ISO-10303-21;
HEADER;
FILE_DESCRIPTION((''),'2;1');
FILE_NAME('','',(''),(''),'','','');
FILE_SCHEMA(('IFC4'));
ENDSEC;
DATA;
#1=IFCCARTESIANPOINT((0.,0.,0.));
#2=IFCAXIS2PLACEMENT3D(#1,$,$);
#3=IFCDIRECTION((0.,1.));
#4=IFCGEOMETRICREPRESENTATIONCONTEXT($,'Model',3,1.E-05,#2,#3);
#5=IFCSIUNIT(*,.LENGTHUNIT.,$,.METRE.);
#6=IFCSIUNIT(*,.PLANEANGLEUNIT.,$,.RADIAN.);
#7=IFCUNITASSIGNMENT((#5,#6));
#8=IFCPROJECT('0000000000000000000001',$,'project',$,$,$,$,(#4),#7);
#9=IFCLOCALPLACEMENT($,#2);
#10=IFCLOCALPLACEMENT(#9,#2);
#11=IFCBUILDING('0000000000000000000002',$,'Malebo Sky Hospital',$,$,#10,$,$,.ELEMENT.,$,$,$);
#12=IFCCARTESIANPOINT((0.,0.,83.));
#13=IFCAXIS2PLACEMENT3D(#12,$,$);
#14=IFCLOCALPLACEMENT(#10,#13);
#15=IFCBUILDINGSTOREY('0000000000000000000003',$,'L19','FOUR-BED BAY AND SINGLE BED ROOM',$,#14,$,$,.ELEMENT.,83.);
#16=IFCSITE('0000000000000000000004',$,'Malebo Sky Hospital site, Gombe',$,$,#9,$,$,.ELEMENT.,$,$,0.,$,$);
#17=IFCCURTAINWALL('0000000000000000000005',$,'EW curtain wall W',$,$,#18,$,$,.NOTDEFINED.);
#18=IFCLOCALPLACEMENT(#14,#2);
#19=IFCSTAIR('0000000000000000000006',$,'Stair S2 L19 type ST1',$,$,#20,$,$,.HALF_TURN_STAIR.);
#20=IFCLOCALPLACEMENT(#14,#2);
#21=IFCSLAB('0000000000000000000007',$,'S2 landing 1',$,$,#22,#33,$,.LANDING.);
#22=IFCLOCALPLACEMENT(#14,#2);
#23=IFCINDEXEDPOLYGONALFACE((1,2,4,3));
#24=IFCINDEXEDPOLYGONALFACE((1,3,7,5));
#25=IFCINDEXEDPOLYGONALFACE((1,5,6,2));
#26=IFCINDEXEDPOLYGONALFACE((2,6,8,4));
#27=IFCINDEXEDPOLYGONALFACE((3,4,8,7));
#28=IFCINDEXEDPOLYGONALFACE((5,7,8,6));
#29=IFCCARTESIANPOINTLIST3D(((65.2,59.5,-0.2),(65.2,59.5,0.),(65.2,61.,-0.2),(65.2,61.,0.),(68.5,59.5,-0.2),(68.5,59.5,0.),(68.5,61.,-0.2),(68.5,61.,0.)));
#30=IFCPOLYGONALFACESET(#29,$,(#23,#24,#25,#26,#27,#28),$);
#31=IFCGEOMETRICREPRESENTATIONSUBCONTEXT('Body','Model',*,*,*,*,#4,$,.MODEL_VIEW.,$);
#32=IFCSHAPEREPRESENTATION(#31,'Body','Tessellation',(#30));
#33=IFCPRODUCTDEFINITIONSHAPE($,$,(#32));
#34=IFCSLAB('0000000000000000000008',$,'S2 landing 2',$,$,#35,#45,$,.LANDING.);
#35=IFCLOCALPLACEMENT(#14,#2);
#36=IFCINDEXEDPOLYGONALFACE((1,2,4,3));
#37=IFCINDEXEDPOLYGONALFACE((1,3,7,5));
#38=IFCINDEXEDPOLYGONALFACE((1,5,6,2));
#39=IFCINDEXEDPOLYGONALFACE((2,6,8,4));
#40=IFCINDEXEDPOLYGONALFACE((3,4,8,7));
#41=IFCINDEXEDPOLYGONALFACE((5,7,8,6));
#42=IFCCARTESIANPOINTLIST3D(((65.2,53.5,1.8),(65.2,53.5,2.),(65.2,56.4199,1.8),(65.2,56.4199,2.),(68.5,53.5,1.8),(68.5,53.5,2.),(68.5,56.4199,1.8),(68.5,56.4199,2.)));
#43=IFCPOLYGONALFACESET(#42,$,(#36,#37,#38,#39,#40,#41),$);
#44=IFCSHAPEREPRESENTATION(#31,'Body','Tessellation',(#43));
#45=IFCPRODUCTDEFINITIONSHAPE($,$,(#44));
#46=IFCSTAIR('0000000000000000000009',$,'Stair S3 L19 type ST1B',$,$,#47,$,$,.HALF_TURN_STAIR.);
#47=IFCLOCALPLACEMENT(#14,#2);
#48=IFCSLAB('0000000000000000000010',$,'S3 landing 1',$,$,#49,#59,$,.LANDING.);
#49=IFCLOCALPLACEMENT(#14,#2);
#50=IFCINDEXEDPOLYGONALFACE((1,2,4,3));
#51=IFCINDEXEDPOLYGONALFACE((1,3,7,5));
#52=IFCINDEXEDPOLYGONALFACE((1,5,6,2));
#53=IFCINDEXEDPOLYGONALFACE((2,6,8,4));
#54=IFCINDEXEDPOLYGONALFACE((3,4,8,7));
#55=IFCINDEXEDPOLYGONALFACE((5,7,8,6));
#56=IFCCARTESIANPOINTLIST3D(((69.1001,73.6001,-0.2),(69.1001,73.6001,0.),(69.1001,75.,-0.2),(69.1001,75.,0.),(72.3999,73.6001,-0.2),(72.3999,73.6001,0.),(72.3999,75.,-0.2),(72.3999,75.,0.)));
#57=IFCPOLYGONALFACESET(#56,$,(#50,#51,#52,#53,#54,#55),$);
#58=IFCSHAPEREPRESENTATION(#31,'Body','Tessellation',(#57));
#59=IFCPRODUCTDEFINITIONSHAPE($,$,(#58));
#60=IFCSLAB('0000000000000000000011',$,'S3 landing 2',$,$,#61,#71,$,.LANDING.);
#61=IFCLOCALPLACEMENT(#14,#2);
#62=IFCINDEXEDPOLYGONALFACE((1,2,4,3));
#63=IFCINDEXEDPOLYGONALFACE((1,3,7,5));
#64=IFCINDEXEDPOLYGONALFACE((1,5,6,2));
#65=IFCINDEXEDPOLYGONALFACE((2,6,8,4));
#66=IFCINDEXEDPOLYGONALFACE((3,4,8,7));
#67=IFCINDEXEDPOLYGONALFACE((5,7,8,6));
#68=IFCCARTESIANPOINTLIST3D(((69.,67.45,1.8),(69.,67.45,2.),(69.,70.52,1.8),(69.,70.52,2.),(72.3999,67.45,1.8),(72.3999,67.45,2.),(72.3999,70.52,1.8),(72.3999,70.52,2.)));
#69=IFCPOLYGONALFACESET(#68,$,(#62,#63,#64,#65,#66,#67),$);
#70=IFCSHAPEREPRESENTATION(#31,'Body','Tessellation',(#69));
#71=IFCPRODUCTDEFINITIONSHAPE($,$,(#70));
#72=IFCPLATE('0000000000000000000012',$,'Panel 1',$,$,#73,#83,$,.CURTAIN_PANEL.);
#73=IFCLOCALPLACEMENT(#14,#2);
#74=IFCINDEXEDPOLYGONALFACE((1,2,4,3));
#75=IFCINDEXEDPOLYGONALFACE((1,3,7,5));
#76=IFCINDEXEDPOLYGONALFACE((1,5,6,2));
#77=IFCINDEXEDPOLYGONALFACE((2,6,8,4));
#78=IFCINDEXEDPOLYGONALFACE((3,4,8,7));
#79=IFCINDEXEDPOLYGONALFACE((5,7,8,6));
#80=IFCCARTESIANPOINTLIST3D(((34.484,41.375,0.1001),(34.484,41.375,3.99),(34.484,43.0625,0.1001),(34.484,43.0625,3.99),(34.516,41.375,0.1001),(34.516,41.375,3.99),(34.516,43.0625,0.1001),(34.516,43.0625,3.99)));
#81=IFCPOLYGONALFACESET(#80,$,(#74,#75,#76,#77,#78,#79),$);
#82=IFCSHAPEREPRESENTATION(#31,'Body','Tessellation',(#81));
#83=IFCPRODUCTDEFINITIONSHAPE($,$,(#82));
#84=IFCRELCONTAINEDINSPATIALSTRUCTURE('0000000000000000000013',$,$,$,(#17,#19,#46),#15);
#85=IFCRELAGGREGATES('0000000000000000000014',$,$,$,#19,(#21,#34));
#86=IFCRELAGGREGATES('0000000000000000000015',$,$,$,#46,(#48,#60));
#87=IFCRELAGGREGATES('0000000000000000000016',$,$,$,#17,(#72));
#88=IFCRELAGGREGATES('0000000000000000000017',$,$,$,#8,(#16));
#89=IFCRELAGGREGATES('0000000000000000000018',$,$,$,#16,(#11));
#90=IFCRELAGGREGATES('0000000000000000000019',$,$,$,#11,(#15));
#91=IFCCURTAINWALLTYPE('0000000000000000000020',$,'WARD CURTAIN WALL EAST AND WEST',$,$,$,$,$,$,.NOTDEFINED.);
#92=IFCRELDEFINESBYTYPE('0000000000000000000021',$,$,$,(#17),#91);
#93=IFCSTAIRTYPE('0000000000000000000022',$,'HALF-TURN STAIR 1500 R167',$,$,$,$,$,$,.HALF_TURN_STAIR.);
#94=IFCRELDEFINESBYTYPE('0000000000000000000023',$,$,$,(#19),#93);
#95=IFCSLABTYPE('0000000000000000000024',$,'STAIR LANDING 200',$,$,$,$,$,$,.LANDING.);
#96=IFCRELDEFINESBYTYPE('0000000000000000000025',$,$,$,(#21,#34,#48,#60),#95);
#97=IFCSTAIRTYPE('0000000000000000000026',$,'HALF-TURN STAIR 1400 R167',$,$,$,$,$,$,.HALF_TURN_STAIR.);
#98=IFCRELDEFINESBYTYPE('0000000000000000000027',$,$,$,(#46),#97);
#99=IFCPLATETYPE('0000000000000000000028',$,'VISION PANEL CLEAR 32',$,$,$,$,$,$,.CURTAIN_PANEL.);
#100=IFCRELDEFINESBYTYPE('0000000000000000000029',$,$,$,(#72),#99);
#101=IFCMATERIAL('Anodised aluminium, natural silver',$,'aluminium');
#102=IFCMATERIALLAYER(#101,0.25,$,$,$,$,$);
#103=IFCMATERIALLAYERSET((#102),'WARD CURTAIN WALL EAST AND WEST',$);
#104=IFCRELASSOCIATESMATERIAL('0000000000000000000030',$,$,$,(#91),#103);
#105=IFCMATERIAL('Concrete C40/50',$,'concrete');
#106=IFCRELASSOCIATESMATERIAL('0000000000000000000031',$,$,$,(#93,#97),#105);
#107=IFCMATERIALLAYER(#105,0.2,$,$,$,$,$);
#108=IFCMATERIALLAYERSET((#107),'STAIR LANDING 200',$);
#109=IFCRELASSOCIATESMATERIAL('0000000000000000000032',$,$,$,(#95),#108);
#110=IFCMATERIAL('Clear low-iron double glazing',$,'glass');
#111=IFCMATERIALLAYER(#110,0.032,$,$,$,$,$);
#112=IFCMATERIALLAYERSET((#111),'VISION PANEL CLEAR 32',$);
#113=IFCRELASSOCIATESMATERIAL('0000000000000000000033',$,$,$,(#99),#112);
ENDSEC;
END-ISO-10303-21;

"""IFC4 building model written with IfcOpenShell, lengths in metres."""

from ifc_helpers import new_model, si_unit, direction, frame, origin, origin_2d, place, context, subcontext, project, spatial, polyline, rectangle, outline, extrude, material, layer, layer_set, type_object, element, aggregate, save


model = new_model("IFC4")

# Units and contexts
model_context = context("Model", 3, precision=1e-05, world=origin(), true_north=direction((0.0, 1.0)))
body_context = subcontext(model_context, "Body", "Model", "MODEL_VIEW")
ifc_project = project(units=[si_unit("LENGTHUNIT", "METRE"), si_unit("PLANEANGLEUNIT", "RADIAN")], contexts=[model_context])

# Site, building, storey
site_placement = place(None, origin())
site = spatial("IfcSite", under=ifc_project, at=site_placement, Name="Malebo Sky Hospital site, Gombe", CompositionType="ELEMENT", RefElevation=0.0)
building_placement = place(site_placement, origin())
building = spatial("IfcBuilding", under=site, at=building_placement, Name="Malebo Sky Hospital", CompositionType="ELEMENT")
storey_placement = place(building_placement, frame((0.0, 0.0, 83.0)))
storey = spatial("IfcBuildingStorey", under=building, at=storey_placement, Name="L19", Description="FOUR-BED BAY AND SINGLE BED ROOM", CompositionType="ELEMENT", Elevation=83.0)

# Curtain wall
ifc_material_1 = material(Name="Anodised aluminium, natural silver", Category="aluminium")
ifc_layer_1 = layer(ifc_material_1, 0.25)
ifc_layer_set_1 = layer_set([ifc_layer_1], Name="WARD CURTAIN WALL EAST AND WEST")
curtain_wall_type = type_object("IfcCurtainWallType", Name="WARD CURTAIN WALL EAST AND WEST", PredefinedType="NOTDEFINED", material=ifc_layer_set_1)
curtain_wall_placement = place(storey_placement, origin())
curtain_wall = element("IfcCurtainWall", 1, at=curtain_wall_placement, inside=storey, type_object=curtain_wall_type, Name="EW curtain wall W", PredefinedType="NOTDEFINED")

# Shared definitions
ifc_material_2 = material(Name="Concrete C40/50", Category="concrete")

# Stairs, slabs
stair_type_1 = type_object("IfcStairType", Name="HALF-TURN STAIR 1500 R167", PredefinedType="HALF_TURN_STAIR", material=ifc_material_2)
ifc_layer_2 = layer(ifc_material_2, 0.2)
ifc_layer_set_2 = layer_set([ifc_layer_2], Name="STAIR LANDING 200")
slab_type_1 = type_object("IfcSlabType", Name="STAIR LANDING 200", PredefinedType="LANDING", material=ifc_layer_set_2)
stair_1_placement = place(storey_placement, origin())
stair_1 = element("IfcStair", 2, at=stair_1_placement, inside=storey, type_object=stair_type_1, Name="Stair S2 L19 type ST1", PredefinedType="HALF_TURN_STAIR")
slab_1_placement = place(storey_placement, frame((0.0, 0.0, -0.2)))
slab_1 = element("IfcSlab", 3, at=slab_1_placement, type_object=slab_type_1, Name="S2 landing 1", PredefinedType="LANDING", context=body_context, shape_type="SweptSolid", body=[
    extrude(outline(polyline([(65.2, 59.5), (68.5, 59.5), (68.5, 61.0), (65.2, 61.0), (65.2, 59.5)])), origin(), (0.0, 0.0, 1.0), 0.2),
])
slab_2_placement = place(storey_placement, frame((0.0, 0.0, 1.8)))
slab_2 = element("IfcSlab", 4, at=slab_2_placement, type_object=slab_type_1, Name="S2 landing 2", PredefinedType="LANDING", context=body_context, shape_type="SweptSolid", body=[
    extrude(outline(polyline([(65.2, 53.5), (68.5, 53.5), (68.5, 56.4199), (65.2, 56.4199), (65.2, 53.5)])), origin(), (0.0, 0.0, 1.0), 0.2),
])
aggregate(stair_1, [slab_1, slab_2])
stair_type_2 = type_object("IfcStairType", Name="HALF-TURN STAIR 1400 R167", PredefinedType="HALF_TURN_STAIR", material=ifc_material_2)
stair_2_placement = place(storey_placement, origin())
stair_2 = element("IfcStair", 5, at=stair_2_placement, inside=storey, type_object=stair_type_2, Name="Stair S3 L19 type ST1B", PredefinedType="HALF_TURN_STAIR")
slab_3_placement = place(storey_placement, frame((0.0, 0.0, -0.2)))
slab_3 = element("IfcSlab", 6, at=slab_3_placement, type_object=slab_type_1, Name="S3 landing 1", PredefinedType="LANDING", context=body_context, shape_type="SweptSolid", body=[
    extrude(outline(polyline([(69.1001, 73.6001), (72.3999, 73.6001), (72.3999, 75.0), (69.1001, 75.0), (69.1001, 73.6001)])), origin(), (0.0, 0.0, 1.0), 0.2),
])
slab_4_placement = place(storey_placement, frame((0.0, 0.0, 1.8)))
slab_4 = element("IfcSlab", 7, at=slab_4_placement, type_object=slab_type_1, Name="S3 landing 2", PredefinedType="LANDING", context=body_context, shape_type="SweptSolid", body=[
    extrude(outline(polyline([(69.0, 67.45), (72.3999, 67.45), (72.3999, 70.52), (69.0, 70.52), (69.0, 67.45)])), origin(), (0.0, 0.0, 1.0), 0.2),
])
aggregate(stair_2, [slab_3, slab_4])

# Plate
ifc_material_3 = material(Name="Clear low-iron double glazing", Category="glass")
ifc_layer_3 = layer(ifc_material_3, 0.032)
ifc_layer_set_3 = layer_set([ifc_layer_3], Name="VISION PANEL CLEAR 32")
plate_type = type_object("IfcPlateType", Name="VISION PANEL CLEAR 32", PredefinedType="CURTAIN_PANEL", material=ifc_layer_set_3)
plate_placement = place(storey_placement, frame((34.5, 42.2188, 0.1001), z_axis=(0.0, 0.0, 1.0), x_axis=(0.0, 1.0, 0.0)))
plate = element("IfcPlate", 8, at=plate_placement, type_object=plate_type, Name="Panel 1", PredefinedType="CURTAIN_PANEL", context=body_context, shape_type="SweptSolid", body=[
    extrude(rectangle(XDim=1.6875, YDim=0.032, at=origin_2d()), origin(), (0.0, 0.0, 1.0), 3.8899),
])
aggregate(curtain_wall, [plate])

save(model, "model.ifc")
